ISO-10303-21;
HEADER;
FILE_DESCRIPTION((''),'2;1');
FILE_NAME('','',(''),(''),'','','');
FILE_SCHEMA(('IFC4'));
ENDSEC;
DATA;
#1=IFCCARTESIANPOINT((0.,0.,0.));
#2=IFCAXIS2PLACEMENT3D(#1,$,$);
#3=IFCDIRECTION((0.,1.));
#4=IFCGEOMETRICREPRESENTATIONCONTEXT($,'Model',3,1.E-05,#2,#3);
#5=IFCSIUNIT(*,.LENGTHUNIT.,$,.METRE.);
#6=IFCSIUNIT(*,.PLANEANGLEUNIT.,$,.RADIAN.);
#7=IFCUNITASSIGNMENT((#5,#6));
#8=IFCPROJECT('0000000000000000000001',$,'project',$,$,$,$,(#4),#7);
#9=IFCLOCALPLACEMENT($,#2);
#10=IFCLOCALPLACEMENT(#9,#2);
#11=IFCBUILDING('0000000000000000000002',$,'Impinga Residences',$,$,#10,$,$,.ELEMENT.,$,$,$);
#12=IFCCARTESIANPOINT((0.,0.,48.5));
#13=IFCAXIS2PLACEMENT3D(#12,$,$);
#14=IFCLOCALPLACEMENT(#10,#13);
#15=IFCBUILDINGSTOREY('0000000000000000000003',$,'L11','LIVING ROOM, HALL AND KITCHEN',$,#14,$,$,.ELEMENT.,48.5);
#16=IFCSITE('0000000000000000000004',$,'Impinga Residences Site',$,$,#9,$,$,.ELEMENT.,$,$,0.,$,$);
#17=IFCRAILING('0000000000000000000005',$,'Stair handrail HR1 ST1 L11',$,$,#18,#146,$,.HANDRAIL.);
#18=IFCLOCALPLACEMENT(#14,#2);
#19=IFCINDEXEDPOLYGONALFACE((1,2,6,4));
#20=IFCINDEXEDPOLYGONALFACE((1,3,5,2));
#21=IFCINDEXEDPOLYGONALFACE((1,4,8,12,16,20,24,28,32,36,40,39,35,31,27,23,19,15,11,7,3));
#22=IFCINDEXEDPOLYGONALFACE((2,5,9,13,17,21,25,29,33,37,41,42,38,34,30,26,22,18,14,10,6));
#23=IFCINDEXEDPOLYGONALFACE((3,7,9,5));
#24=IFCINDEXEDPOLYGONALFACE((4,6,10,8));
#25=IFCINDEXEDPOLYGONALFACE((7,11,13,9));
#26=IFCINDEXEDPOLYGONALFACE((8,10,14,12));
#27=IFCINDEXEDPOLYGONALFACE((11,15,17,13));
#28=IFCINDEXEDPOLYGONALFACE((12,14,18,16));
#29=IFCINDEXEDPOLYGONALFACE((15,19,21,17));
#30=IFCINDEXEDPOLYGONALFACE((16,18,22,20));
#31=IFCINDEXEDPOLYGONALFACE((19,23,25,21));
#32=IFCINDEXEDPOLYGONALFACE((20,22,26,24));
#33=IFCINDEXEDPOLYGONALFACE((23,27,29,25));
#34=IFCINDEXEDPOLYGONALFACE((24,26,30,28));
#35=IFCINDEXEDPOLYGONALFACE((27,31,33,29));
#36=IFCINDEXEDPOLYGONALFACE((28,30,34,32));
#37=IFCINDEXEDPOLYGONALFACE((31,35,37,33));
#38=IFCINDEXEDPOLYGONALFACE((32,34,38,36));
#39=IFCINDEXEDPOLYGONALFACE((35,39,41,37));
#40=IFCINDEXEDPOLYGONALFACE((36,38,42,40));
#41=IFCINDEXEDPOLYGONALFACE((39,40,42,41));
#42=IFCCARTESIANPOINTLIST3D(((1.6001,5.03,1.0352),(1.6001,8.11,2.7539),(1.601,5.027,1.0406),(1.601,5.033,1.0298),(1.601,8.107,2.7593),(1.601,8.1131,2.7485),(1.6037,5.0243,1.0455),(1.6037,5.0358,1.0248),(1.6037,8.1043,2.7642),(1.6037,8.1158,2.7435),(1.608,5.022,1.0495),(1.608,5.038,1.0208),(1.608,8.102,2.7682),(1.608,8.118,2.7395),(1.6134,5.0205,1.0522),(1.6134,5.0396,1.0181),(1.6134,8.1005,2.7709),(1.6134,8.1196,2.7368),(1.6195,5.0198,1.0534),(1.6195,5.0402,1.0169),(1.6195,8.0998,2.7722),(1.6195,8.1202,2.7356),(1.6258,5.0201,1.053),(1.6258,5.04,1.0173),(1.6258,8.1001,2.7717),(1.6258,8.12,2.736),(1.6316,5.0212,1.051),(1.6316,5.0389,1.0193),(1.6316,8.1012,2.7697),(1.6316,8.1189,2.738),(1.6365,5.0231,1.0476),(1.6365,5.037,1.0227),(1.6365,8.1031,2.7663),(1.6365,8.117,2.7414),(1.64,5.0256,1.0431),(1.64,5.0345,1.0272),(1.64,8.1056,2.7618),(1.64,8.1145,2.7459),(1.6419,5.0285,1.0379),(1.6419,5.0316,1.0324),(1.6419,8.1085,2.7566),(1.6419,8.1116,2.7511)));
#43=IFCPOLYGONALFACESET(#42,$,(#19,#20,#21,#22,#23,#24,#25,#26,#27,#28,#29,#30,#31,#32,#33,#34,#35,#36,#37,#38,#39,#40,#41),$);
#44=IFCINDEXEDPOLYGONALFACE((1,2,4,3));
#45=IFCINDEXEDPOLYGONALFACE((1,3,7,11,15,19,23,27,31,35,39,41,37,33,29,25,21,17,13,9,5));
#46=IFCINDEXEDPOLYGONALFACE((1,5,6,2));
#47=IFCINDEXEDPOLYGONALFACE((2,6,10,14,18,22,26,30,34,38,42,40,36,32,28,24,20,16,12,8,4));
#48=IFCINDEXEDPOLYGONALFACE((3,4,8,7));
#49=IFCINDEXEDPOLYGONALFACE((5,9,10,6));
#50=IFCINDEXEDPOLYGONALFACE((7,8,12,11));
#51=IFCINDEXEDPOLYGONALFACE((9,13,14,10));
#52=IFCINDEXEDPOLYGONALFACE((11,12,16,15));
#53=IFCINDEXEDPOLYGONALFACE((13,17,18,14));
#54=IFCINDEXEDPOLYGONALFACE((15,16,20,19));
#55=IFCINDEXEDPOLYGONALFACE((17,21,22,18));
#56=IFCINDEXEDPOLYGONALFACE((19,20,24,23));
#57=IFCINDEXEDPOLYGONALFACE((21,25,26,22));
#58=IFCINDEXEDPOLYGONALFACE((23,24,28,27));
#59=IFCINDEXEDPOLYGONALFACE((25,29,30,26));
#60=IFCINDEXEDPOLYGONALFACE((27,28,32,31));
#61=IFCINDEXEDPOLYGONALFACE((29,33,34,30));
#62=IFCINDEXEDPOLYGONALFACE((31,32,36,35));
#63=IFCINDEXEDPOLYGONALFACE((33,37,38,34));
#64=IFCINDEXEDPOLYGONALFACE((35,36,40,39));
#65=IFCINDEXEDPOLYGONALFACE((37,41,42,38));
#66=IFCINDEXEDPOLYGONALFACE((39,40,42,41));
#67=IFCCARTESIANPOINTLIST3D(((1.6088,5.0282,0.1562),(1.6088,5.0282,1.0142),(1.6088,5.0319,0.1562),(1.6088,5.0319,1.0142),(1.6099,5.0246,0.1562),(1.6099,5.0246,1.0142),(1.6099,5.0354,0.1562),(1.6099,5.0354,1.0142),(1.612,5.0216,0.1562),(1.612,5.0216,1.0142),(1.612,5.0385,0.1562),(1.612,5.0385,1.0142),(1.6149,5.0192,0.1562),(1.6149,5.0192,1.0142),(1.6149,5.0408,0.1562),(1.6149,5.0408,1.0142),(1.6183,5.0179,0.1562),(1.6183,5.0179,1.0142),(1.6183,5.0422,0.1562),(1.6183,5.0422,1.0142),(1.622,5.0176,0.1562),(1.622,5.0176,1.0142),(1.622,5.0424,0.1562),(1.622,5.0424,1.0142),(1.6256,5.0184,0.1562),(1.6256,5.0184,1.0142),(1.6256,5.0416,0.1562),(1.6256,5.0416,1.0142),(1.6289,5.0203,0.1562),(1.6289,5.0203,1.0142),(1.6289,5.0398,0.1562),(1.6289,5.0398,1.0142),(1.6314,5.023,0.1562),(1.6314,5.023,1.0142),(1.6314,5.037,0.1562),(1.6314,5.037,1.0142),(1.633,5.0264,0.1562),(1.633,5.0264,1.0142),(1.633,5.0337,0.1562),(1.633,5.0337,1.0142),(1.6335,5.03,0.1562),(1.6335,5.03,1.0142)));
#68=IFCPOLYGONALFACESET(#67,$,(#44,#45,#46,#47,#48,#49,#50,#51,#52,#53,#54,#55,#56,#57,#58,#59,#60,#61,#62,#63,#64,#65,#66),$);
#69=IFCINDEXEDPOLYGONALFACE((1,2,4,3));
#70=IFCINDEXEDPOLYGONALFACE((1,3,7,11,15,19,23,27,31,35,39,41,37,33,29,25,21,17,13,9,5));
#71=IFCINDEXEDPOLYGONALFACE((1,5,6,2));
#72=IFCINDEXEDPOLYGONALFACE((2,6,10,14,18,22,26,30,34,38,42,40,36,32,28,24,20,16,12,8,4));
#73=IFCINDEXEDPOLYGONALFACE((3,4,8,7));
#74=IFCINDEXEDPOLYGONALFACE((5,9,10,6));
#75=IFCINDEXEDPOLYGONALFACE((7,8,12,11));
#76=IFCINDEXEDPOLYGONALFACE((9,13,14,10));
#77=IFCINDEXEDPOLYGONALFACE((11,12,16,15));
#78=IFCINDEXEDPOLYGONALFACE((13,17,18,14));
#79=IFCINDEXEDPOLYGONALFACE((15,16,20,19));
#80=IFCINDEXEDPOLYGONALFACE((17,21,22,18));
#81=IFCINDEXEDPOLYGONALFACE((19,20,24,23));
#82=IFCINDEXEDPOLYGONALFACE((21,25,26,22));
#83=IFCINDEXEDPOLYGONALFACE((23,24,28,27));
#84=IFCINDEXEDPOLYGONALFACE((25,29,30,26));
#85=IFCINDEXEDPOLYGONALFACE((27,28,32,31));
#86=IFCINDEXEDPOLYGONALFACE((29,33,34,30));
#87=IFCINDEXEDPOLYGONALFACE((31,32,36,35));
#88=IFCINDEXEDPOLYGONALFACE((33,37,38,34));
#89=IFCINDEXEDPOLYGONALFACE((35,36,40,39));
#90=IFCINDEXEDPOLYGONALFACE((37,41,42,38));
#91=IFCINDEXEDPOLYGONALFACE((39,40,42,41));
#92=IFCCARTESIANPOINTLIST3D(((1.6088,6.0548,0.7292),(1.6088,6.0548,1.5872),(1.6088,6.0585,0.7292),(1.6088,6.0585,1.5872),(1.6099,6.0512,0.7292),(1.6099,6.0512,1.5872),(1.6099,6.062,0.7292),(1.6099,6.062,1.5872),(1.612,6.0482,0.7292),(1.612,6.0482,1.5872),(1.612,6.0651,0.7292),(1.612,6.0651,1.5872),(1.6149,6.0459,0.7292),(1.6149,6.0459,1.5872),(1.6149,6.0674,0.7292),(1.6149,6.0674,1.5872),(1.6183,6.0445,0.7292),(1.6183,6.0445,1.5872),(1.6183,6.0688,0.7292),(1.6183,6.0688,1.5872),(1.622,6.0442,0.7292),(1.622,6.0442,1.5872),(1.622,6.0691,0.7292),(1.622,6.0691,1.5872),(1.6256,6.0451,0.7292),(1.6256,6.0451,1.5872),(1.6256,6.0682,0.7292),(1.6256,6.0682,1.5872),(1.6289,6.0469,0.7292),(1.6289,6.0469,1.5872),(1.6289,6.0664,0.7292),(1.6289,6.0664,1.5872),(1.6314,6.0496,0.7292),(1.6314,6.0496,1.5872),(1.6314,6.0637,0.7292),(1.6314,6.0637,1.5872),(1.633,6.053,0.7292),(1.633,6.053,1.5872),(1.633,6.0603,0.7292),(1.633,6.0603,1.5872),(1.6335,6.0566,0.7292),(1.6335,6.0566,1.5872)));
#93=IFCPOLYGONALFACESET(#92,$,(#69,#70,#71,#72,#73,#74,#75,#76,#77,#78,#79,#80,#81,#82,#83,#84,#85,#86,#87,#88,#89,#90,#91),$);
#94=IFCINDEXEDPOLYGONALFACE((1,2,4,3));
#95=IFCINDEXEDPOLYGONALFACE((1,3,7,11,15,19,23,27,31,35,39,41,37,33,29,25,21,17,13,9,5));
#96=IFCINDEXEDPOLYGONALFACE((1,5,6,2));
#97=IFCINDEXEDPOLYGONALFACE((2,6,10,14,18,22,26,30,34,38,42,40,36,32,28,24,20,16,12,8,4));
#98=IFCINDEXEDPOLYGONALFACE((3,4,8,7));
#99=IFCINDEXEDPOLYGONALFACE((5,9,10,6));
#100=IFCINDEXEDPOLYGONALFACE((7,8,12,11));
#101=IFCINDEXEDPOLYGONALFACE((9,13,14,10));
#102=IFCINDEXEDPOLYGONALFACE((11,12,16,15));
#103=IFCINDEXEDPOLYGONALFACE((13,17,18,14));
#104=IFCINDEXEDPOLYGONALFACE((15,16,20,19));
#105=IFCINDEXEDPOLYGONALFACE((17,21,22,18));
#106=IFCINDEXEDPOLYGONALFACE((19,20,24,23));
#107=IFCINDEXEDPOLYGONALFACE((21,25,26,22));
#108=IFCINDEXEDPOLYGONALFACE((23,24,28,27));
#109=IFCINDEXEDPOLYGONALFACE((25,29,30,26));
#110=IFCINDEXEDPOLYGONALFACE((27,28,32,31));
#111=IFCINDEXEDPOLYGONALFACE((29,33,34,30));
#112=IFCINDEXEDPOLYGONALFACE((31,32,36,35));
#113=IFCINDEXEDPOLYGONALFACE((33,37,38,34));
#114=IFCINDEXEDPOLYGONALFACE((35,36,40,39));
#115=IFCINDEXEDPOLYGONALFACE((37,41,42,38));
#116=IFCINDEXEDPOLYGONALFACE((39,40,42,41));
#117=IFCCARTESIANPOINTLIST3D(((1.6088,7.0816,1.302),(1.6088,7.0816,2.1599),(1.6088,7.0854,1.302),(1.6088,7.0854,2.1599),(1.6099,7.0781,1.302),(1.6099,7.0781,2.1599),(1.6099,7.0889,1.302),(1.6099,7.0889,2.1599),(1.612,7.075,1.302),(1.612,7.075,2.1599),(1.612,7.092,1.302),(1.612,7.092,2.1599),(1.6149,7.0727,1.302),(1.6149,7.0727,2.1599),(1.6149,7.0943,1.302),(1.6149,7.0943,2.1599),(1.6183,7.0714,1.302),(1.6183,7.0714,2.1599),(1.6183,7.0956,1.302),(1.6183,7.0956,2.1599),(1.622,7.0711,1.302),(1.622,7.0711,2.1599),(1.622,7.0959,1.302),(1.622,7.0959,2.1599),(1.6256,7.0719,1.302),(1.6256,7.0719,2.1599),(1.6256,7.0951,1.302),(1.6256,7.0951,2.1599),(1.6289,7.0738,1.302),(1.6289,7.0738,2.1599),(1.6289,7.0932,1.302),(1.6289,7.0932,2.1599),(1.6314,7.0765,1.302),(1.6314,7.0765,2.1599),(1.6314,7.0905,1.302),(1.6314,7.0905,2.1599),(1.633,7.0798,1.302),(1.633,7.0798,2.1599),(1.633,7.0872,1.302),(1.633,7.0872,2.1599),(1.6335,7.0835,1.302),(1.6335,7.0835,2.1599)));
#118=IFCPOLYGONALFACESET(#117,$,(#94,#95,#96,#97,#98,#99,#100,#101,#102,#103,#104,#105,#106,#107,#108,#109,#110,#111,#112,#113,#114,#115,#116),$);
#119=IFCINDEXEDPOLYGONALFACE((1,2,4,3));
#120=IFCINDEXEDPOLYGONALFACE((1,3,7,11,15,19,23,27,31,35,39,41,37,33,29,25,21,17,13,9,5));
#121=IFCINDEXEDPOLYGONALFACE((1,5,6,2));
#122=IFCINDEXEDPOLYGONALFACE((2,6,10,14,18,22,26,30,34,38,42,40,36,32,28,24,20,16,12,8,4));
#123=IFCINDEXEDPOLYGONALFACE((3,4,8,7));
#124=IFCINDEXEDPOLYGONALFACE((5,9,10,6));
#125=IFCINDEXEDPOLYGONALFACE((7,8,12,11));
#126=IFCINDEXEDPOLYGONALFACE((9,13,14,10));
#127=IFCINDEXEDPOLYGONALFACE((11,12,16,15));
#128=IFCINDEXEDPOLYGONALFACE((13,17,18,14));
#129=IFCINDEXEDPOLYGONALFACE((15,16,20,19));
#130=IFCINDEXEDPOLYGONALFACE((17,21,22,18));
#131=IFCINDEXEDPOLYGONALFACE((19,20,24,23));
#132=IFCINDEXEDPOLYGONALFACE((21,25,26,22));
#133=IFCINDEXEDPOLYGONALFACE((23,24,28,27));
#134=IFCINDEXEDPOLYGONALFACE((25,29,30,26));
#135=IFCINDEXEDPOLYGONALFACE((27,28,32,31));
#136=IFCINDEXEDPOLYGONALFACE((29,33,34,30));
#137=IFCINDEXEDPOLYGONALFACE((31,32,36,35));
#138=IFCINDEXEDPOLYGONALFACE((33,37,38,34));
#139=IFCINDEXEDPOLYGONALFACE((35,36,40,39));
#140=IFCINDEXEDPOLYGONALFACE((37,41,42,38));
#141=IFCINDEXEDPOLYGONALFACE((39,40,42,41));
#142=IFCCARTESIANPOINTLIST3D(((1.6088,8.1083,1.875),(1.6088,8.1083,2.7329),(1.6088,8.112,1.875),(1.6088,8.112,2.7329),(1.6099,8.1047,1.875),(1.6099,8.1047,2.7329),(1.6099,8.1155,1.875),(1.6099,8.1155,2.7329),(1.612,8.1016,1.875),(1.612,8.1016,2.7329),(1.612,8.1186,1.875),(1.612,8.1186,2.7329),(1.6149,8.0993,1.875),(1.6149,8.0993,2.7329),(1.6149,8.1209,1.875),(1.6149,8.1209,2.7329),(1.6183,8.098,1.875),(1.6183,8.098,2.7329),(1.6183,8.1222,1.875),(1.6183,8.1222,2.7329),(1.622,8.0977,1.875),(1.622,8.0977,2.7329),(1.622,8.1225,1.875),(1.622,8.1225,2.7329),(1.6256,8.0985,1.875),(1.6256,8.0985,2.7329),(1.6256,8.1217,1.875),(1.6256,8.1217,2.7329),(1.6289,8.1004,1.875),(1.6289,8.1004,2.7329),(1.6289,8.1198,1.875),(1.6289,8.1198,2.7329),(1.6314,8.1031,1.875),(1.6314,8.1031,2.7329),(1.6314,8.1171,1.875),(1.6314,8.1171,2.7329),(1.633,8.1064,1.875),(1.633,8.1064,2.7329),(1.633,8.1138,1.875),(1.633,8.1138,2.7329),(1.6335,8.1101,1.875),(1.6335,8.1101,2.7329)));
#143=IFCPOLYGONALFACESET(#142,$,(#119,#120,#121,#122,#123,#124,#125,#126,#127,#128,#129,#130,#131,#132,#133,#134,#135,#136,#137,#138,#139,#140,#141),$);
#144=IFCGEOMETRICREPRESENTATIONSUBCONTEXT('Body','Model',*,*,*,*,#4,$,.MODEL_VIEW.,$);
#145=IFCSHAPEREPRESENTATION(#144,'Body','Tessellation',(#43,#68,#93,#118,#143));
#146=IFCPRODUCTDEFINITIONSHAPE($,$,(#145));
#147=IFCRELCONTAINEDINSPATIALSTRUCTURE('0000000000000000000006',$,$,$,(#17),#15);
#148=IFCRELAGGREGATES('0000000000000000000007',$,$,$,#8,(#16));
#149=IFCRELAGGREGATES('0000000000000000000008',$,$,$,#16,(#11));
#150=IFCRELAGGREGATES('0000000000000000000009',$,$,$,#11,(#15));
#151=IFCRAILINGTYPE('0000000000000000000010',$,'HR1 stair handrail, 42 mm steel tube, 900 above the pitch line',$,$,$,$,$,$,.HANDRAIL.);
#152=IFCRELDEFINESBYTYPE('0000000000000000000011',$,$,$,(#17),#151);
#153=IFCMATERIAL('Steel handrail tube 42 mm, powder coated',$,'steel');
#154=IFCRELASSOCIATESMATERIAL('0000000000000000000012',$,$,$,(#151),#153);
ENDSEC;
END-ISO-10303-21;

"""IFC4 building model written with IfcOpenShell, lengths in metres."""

from ifc_helpers import new_model, si_unit, direction, frame, origin, origin_2d, place, context, subcontext, project, spatial, circle, extrude, material, type_object, element, save


model = new_model("IFC4")

# Units and contexts
model_context = context("Model", 3, precision=1e-05, world=origin(), true_north=direction((0.0, 1.0)))
body_context = subcontext(model_context, "Body", "Model", "MODEL_VIEW")
ifc_project = project(units=[si_unit("LENGTHUNIT", "METRE"), si_unit("PLANEANGLEUNIT", "RADIAN")], contexts=[model_context])

# Site, building, storey
site_placement = place(None, origin())
site = spatial("IfcSite", under=ifc_project, at=site_placement, Name="Impinga Residences Site", CompositionType="ELEMENT", RefElevation=0.0)
building_placement = place(site_placement, origin())
building = spatial("IfcBuilding", under=site, at=building_placement, Name="Impinga Residences", CompositionType="ELEMENT")
storey_placement = place(building_placement, frame((0.0, 0.0, 48.5)))
storey = spatial("IfcBuildingStorey", under=building, at=storey_placement, Name="L11", Description="LIVING ROOM, HALL AND KITCHEN", CompositionType="ELEMENT", Elevation=48.5)

# Railing
ifc_material_1 = material(Name="Steel handrail tube 42 mm, powder coated", Category="steel")
railing_type_1 = type_object("IfcRailingType", Name="HR1 stair handrail, 42 mm steel tube, 900 above the pitch line", PredefinedType="HANDRAIL", material=ifc_material_1)
railing_1_placement = place(storey_placement, frame((1.6211, 5.03, 0.1562)))
element("IfcRailing", 1, at=railing_1_placement, inside=storey, type_object=railing_type_1, Name="Stair handrail HR1 ST1 L11", PredefinedType="HANDRAIL", context=body_context, shape_type="SweptSolid", body=[
    extrude(circle(Radius=0.021, at=origin_2d()), frame((0.0, 0.0, 0.8789), z_axis=(0.0, 0.873242, 0.487288), x_axis=(-1.0, 0.0, 0.0)), (0.0, 0.0, 1.0), 3.5271),
    extrude(circle(Radius=0.0125, at=origin_2d()), origin(), (0.0, 0.0, 1.0), 0.8579),
    extrude(circle(Radius=0.0125, at=origin_2d()), frame((0.0, 1.0266, 0.573)), (0.0, 0.0, 1.0), 0.8579),
    extrude(circle(Radius=0.0125, at=origin_2d()), frame((0.0, 2.0535, 1.1458)), (0.0, 0.0, 1.0), 0.8579),
    extrude(circle(Radius=0.0125, at=origin_2d()), frame((0.0, 3.0801, 1.7188)), (0.0, 0.0, 1.0), 0.8579),
])

save(model, "model.ifc")
